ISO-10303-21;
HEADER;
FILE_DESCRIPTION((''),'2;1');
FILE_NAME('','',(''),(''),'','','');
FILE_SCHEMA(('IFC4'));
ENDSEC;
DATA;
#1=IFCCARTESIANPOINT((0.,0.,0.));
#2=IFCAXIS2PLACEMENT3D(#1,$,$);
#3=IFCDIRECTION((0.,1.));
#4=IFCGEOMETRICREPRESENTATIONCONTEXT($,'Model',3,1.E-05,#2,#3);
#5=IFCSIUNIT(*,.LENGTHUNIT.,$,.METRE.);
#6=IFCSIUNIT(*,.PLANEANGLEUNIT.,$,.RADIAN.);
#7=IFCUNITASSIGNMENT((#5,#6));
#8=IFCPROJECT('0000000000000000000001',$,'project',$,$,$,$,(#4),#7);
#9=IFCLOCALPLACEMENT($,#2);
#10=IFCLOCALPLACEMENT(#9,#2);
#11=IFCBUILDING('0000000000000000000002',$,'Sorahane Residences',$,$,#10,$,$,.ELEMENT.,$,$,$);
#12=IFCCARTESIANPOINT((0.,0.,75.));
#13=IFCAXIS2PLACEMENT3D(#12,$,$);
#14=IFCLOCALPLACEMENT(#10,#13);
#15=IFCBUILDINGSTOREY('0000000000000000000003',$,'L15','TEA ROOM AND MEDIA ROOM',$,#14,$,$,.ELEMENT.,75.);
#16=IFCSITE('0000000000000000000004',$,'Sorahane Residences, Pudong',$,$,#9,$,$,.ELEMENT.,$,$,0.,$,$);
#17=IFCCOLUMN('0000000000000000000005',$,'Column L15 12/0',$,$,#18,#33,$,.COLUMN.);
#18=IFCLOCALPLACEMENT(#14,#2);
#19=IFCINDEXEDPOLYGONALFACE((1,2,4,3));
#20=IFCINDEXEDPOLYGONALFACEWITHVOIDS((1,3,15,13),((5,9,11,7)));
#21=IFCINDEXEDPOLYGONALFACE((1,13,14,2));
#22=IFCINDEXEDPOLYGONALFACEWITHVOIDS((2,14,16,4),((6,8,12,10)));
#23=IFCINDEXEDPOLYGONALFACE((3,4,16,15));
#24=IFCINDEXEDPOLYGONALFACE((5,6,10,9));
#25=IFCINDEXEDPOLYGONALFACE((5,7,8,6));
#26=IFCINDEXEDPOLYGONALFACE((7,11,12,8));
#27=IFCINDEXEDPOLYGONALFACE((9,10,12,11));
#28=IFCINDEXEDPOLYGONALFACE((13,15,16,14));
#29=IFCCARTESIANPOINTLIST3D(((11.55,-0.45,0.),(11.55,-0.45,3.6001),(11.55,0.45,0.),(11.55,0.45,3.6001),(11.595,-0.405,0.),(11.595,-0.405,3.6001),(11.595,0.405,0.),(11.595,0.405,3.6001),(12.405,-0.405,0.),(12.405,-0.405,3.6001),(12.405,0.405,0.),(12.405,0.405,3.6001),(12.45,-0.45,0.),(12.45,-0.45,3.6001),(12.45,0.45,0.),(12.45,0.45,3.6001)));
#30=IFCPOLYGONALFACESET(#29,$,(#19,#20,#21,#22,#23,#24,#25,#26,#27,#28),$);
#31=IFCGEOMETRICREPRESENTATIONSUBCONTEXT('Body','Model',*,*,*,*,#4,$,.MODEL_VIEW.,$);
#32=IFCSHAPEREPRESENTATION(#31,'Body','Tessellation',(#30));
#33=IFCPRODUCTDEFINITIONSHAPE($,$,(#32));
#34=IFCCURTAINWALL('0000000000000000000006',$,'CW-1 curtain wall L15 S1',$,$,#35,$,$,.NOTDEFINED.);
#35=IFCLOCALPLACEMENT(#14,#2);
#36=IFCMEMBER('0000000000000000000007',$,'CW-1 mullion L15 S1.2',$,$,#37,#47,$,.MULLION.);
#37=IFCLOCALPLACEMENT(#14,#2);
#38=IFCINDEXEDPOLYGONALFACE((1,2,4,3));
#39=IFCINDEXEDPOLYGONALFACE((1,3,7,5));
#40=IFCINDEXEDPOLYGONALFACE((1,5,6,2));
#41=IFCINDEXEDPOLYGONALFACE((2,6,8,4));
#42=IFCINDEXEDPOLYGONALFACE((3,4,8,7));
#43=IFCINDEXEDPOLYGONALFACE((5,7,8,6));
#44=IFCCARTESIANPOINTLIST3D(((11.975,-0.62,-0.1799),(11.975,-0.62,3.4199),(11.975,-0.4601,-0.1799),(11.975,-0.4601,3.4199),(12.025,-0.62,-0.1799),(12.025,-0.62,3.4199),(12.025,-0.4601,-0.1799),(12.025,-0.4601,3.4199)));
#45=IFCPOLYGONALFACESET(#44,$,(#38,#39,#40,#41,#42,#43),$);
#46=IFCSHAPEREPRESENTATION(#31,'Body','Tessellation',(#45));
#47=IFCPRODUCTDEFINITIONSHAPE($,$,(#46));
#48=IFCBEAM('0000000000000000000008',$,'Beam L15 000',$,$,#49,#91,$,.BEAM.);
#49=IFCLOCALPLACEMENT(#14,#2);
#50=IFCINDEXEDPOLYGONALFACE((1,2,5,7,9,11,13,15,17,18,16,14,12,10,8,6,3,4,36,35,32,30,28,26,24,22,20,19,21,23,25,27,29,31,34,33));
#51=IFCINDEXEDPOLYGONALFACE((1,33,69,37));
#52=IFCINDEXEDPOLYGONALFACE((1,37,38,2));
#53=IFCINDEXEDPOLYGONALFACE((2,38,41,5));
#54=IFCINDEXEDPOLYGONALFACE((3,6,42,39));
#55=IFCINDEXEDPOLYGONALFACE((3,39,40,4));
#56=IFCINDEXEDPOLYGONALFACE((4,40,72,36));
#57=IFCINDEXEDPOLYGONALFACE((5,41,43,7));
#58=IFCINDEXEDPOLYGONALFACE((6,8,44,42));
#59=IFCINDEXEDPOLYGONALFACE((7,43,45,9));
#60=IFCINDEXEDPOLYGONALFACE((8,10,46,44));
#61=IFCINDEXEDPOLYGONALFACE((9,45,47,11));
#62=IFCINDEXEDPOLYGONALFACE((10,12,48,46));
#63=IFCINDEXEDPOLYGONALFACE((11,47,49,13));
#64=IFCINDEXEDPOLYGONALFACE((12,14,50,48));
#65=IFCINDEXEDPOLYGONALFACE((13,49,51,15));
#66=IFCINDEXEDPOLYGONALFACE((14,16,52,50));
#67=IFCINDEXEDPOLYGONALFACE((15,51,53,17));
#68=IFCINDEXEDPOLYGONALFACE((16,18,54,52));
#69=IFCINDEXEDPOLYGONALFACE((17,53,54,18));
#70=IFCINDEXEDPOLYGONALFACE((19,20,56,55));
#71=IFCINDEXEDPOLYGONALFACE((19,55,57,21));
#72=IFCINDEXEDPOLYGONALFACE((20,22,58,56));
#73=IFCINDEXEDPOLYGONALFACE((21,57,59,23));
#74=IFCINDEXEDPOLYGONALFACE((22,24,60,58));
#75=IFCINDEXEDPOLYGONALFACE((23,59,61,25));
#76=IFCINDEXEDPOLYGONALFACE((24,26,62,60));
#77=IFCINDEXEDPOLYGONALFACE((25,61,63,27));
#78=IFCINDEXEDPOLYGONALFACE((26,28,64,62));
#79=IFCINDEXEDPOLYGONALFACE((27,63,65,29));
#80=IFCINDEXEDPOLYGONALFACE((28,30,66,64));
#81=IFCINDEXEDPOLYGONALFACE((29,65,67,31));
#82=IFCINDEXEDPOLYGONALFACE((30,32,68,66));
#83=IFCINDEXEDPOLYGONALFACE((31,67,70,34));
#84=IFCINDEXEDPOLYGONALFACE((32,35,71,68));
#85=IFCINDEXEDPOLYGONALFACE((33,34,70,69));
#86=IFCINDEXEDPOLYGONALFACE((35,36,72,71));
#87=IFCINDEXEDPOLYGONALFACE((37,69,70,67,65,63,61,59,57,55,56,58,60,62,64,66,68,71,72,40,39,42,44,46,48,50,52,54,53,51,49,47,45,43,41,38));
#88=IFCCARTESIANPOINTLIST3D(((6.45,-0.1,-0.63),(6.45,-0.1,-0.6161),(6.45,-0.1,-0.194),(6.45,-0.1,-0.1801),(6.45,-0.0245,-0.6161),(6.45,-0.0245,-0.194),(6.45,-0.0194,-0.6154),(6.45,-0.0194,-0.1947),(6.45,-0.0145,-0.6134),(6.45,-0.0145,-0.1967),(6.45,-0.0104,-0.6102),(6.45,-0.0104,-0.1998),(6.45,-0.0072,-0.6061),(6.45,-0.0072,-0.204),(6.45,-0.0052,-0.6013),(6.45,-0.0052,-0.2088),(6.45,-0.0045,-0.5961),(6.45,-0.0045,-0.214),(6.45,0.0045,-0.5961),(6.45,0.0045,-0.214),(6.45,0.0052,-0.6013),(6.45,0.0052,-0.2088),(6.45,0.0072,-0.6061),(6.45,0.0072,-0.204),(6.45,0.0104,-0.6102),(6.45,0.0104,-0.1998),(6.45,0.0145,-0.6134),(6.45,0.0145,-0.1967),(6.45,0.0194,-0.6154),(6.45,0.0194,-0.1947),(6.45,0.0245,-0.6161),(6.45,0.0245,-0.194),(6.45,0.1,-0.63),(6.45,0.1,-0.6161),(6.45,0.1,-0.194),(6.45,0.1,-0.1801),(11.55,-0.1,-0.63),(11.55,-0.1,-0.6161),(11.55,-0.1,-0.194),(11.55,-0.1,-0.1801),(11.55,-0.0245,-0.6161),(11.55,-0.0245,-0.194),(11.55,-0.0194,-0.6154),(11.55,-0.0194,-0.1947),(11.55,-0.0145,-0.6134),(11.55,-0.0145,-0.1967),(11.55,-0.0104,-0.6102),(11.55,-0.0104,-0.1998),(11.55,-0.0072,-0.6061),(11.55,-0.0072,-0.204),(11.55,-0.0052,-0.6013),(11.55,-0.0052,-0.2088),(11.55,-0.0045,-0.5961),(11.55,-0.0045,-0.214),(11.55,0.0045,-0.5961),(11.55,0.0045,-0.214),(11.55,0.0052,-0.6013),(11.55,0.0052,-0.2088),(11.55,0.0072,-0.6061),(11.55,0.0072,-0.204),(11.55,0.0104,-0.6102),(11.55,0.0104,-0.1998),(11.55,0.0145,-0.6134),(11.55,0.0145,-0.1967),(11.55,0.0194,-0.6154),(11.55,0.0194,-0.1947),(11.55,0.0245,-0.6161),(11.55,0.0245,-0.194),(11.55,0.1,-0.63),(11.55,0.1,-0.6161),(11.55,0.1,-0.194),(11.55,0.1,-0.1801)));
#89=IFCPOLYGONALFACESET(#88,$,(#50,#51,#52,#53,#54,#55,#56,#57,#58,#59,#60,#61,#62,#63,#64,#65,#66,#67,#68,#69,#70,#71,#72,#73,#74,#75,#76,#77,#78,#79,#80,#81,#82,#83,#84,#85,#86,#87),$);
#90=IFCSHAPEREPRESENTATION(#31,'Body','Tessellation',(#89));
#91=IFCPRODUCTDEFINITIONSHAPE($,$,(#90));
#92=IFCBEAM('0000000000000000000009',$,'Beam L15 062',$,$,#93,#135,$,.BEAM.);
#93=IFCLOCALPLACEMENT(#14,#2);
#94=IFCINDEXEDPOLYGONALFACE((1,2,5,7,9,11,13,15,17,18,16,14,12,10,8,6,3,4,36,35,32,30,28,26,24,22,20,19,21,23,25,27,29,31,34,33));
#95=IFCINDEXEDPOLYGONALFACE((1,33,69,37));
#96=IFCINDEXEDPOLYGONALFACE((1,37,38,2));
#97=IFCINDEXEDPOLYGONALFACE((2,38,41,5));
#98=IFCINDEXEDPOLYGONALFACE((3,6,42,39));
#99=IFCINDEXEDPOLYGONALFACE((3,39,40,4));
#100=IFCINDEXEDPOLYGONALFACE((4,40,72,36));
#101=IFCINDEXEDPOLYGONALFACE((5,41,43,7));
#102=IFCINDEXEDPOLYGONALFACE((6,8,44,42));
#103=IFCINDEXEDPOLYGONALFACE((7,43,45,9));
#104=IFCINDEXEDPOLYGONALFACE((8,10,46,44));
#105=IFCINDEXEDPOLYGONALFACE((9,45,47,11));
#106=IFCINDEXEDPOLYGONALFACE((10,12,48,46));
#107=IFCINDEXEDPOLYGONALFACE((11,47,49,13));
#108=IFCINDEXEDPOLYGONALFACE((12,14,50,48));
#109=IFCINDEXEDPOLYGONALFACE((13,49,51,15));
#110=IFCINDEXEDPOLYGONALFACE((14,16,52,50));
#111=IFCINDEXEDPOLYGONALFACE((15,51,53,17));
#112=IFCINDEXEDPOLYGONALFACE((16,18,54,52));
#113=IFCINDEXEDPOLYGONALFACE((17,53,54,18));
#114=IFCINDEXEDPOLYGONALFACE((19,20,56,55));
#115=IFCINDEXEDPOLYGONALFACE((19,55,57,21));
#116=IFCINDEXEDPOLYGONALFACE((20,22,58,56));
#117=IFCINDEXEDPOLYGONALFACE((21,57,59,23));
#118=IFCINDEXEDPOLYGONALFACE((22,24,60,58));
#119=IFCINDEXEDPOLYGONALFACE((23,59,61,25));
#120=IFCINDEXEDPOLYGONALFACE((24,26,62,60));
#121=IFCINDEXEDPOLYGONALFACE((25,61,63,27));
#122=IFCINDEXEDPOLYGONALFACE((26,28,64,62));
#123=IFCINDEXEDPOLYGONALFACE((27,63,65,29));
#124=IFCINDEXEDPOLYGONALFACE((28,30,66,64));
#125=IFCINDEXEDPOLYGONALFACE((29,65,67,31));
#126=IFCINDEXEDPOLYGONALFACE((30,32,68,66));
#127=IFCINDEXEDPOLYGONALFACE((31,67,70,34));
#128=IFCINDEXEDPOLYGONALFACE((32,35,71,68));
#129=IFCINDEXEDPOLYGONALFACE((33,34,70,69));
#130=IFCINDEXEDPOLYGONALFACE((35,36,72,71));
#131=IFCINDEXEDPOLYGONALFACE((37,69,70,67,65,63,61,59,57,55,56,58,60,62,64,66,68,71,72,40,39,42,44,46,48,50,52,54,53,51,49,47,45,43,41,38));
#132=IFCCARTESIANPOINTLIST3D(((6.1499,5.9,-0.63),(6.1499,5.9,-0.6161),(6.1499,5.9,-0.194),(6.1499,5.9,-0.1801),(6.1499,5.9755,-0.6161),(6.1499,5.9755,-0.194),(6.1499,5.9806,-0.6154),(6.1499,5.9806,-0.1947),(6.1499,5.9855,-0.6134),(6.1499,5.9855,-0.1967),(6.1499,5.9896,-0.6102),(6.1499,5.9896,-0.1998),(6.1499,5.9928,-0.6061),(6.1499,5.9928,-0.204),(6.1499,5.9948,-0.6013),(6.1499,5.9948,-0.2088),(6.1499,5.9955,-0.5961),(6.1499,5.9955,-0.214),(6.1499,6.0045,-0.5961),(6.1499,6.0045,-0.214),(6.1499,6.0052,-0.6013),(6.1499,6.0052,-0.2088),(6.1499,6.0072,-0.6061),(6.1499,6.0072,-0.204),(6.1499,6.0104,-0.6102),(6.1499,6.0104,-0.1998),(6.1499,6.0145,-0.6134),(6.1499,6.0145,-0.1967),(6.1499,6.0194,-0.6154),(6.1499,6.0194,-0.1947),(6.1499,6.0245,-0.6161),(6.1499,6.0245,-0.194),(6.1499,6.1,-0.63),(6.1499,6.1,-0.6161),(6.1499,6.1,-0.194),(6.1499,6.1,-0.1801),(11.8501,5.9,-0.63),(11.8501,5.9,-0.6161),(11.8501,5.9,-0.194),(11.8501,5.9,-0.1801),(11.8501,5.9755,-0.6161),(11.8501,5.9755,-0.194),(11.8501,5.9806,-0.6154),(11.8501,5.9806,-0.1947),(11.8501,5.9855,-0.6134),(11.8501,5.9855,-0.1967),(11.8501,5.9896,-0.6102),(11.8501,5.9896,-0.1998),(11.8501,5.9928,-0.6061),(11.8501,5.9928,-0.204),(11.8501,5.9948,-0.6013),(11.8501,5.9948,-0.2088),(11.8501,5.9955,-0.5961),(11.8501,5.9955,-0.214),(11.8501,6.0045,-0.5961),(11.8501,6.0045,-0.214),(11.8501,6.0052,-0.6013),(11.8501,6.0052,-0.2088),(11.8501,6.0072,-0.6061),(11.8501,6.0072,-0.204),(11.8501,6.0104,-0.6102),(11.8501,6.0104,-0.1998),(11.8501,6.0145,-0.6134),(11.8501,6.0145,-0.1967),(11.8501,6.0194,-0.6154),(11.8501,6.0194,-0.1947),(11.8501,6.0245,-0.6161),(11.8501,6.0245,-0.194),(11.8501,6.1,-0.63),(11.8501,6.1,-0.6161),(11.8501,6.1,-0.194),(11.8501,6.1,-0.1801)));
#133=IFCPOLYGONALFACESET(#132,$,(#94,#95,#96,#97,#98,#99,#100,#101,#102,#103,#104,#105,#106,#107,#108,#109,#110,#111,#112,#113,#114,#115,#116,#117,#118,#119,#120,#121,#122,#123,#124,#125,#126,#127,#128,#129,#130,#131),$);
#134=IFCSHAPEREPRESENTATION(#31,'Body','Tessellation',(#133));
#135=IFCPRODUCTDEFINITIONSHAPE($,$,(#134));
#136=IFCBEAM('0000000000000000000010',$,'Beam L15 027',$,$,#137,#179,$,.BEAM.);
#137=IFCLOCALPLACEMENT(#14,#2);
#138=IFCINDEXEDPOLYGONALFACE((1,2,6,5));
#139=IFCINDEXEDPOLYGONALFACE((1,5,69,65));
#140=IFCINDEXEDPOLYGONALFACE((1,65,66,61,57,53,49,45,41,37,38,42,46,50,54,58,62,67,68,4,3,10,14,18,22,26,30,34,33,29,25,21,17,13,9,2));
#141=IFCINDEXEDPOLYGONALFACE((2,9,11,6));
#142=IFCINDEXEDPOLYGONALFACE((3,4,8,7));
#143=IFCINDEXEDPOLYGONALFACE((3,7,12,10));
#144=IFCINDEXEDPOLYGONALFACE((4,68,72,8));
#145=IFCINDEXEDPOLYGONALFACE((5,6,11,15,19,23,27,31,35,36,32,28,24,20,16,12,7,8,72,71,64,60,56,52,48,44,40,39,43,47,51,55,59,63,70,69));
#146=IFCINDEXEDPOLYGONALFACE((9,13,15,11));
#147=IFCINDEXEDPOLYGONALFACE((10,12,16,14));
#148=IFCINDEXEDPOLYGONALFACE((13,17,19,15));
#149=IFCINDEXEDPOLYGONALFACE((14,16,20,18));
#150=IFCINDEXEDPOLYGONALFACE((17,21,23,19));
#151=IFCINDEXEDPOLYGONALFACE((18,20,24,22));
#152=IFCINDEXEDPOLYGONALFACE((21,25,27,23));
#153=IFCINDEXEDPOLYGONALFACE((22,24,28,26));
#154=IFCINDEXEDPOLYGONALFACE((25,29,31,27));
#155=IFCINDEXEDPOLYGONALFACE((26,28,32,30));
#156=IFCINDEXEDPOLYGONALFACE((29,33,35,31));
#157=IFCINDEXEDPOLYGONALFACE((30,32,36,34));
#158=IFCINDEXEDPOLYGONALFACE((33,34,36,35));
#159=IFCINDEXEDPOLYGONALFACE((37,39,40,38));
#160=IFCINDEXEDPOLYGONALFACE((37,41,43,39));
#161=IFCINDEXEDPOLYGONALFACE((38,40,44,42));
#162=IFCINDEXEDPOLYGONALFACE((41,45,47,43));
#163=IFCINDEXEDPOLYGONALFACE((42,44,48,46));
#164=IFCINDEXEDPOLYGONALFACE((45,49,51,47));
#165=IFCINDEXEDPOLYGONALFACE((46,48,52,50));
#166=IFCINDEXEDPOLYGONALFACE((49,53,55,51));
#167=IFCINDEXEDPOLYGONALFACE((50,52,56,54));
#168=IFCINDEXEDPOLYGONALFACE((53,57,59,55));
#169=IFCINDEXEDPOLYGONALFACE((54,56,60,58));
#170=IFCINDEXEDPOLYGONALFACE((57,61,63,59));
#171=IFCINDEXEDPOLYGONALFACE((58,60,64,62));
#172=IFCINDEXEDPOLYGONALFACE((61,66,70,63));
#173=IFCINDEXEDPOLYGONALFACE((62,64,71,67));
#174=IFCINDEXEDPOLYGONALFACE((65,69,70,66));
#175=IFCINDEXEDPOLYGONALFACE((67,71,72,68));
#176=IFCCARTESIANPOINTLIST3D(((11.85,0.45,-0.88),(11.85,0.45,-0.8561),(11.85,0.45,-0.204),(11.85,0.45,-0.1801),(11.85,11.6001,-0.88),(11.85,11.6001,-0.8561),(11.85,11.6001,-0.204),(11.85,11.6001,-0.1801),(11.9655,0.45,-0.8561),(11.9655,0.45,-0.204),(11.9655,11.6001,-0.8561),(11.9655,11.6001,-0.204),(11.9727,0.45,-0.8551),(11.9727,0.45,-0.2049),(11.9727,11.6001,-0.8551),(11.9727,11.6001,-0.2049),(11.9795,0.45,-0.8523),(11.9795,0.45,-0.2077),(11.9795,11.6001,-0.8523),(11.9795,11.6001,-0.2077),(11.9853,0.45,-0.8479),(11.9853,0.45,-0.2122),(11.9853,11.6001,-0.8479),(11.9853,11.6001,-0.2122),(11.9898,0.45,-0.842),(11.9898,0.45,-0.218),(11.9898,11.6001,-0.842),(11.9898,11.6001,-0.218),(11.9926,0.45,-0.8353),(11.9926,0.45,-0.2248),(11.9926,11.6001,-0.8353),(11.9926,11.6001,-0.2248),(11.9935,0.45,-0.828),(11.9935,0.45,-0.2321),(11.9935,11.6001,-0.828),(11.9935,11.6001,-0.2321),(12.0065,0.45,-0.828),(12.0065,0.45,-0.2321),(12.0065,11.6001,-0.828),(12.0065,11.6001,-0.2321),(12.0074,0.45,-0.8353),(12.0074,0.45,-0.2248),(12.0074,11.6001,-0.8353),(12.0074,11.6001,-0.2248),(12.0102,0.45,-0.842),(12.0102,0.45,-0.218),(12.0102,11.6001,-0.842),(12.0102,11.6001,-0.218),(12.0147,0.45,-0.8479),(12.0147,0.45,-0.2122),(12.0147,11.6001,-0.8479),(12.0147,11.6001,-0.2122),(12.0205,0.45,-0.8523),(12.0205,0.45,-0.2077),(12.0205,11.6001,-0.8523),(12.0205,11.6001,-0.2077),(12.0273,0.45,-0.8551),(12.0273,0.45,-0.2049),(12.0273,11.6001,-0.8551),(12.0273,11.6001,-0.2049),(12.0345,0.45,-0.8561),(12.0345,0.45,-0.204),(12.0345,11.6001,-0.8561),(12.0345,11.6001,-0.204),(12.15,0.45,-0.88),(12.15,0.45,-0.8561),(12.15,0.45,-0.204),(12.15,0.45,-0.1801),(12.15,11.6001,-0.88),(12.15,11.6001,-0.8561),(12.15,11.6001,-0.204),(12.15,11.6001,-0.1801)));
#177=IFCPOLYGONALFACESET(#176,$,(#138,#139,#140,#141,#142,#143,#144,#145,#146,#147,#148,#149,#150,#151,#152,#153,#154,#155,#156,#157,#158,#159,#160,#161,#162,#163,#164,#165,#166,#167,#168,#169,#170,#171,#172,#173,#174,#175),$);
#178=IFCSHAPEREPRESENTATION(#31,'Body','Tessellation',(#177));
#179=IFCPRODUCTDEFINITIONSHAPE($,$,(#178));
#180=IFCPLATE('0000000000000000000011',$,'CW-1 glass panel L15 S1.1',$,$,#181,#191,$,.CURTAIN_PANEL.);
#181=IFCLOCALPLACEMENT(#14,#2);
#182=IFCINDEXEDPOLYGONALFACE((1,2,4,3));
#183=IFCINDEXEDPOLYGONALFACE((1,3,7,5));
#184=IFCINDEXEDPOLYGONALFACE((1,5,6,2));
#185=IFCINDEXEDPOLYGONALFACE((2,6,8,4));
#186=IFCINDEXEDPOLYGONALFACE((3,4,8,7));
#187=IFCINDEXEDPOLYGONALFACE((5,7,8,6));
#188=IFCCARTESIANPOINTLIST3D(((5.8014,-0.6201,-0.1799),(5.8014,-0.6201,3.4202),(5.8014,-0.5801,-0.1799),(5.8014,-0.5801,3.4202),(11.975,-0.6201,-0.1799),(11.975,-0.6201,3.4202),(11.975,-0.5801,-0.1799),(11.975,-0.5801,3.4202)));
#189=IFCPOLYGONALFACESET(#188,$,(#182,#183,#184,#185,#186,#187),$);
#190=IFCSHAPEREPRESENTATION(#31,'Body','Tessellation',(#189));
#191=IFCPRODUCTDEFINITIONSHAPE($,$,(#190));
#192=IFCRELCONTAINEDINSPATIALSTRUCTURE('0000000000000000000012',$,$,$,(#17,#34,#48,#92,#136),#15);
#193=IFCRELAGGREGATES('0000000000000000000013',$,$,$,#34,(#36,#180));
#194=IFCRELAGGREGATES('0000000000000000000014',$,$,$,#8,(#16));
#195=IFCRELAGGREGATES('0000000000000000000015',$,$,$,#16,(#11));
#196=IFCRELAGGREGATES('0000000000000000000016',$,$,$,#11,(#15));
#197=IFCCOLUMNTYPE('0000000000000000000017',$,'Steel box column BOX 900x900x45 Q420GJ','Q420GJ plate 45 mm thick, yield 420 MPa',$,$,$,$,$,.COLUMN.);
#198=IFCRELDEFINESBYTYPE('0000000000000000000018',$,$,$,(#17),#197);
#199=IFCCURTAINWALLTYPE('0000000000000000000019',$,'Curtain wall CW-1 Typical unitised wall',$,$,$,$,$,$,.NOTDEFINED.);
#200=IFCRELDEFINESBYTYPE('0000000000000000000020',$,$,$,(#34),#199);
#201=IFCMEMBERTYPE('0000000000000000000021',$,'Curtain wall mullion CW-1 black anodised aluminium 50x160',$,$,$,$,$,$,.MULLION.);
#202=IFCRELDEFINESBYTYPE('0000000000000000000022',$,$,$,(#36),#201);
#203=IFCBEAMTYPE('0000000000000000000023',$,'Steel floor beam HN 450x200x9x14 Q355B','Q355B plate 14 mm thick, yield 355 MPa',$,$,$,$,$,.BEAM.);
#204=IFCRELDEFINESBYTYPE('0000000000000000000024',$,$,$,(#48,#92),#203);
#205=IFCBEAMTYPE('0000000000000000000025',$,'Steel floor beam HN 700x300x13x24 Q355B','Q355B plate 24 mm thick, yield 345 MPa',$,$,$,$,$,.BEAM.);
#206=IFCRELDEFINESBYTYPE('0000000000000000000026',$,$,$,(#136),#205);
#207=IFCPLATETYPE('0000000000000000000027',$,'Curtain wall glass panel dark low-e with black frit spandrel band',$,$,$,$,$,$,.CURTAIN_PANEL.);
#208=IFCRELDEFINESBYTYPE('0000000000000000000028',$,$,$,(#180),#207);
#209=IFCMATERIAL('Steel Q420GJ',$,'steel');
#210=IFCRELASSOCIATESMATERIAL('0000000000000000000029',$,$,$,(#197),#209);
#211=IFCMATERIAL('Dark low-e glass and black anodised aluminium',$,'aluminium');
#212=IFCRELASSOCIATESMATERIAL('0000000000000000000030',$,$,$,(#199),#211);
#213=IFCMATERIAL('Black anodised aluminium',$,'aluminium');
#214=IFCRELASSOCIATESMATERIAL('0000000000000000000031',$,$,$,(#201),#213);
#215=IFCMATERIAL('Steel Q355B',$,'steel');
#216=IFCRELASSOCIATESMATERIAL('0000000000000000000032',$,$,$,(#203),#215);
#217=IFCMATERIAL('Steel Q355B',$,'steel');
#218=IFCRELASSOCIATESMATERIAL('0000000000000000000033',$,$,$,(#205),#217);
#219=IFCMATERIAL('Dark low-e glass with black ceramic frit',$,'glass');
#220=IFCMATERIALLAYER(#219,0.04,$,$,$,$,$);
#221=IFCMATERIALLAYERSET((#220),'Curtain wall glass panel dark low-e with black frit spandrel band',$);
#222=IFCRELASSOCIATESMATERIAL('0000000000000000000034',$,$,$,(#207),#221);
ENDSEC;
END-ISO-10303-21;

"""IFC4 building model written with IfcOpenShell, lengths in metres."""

from ifc_helpers import new_model, si_unit, direction, frame, origin, origin_2d, place, context, subcontext, project, spatial, rectangle, hollow_rectangle, i_section, extrude, material, layer, layer_set, material_profile, profile_set, type_object, element, aggregate, save


model = new_model("IFC4")

# Units and contexts
model_context = context("Model", 3, precision=1e-05, world=origin(), true_north=direction((0.0, 1.0)))
body_context = subcontext(model_context, "Body", "Model", "MODEL_VIEW")
ifc_project = project(units=[si_unit("LENGTHUNIT", "METRE"), si_unit("PLANEANGLEUNIT", "RADIAN")], contexts=[model_context])

# Site, building, storey
site_placement = place(None, origin())
site = spatial("IfcSite", under=ifc_project, at=site_placement, Name="Sorahane Residences, Pudong", CompositionType="ELEMENT", RefElevation=0.0)
building_placement = place(site_placement, origin())
building = spatial("IfcBuilding", under=site, at=building_placement, Name="Sorahane Residences", CompositionType="ELEMENT")
storey_placement = place(building_placement, frame((0.0, 0.0, 75.0)))
storey = spatial("IfcBuildingStorey", under=building, at=storey_placement, Name="L15", Description="TEA ROOM AND MEDIA ROOM", CompositionType="ELEMENT", Elevation=75.0)

# Column
ifc_material_1 = material(Name="Steel Q420GJ", Category="steel")
ifc_material_profile_1 = material_profile(ifc_material_1, hollow_rectangle(XDim=0.8999, YDim=0.8999, WallThickness=0.0449, at=origin_2d()), Name="BOX 900x900x45")
ifc_profile_set_1 = profile_set([ifc_material_profile_1], Name="Steel Q420GJ")
column_type = type_object("IfcColumnType", Name="Steel box column BOX 900x900x45 Q420GJ", Description="Q420GJ plate 45 mm thick, yield 420 MPa", PredefinedType="COLUMN", material=ifc_profile_set_1)
column_placement = place(storey_placement, frame((12.0, 0.0, 0.0), z_axis=(0.0, 0.0, 1.0), x_axis=(1.0, 0.0, 0.0)))
element("IfcColumn", 1, at=column_placement, inside=storey, type_object=column_type, Name="Column L15 12/0", PredefinedType="COLUMN", context=body_context, shape_type="SweptSolid", body=[
    extrude(hollow_rectangle(XDim=0.8999, YDim=0.8999, WallThickness=0.0449, at=origin_2d()), origin(), (0.0, 0.0, 1.0), 3.6001),
])

# Curtain wall, member
ifc_material_2 = material(Name="Dark low-e glass and black anodised aluminium", Category="aluminium")
curtain_wall_type = type_object("IfcCurtainWallType", Name="Curtain wall CW-1 Typical unitised wall", PredefinedType="NOTDEFINED", material=ifc_material_2)
curtain_wall_placement = place(storey_placement, origin())
curtain_wall = element("IfcCurtainWall", 2, at=curtain_wall_placement, inside=storey, type_object=curtain_wall_type, Name="CW-1 curtain wall L15 S1", PredefinedType="NOTDEFINED")
ifc_material_3 = material(Name="Black anodised aluminium", Category="aluminium")
ifc_material_profile_2 = material_profile(ifc_material_3, rectangle(XDim=0.1599, YDim=0.05, at=origin_2d()), Name="Curtain wall mullion CW-1 black anodised aluminium 50x160")
ifc_profile_set_2 = profile_set([ifc_material_profile_2], Name="Black anodised aluminium")
member_type = type_object("IfcMemberType", Name="Curtain wall mullion CW-1 black anodised aluminium 50x160", PredefinedType="MULLION", material=ifc_profile_set_2)
member_placement = place(storey_placement, frame((12.0, -0.54, -0.1799), z_axis=(0.0, 0.0, 1.0), x_axis=(0.0, -1.0, 0.0)))
member = element("IfcMember", 3, at=member_placement, type_object=member_type, Name="CW-1 mullion L15 S1.2", PredefinedType="MULLION", context=body_context, shape_type="SweptSolid", body=[
    extrude(rectangle(XDim=0.1599, YDim=0.05, at=origin_2d()), origin(), (0.0, 0.0, 1.0), 3.5999),
])

# Beams
ifc_material_4 = material(Name="Steel Q355B", Category="steel")
ifc_material_profile_3 = material_profile(ifc_material_4, i_section(OverallWidth=0.2, OverallDepth=0.45, WebThickness=0.009, FlangeThickness=0.0139, FilletRadius=0.02, at=origin_2d()), Name="HN 450x200x9x14")
ifc_profile_set_3 = profile_set([ifc_material_profile_3], Name="Steel Q355B")
beam_type_1 = type_object("IfcBeamType", Name="Steel floor beam HN 450x200x9x14 Q355B", Description="Q355B plate 14 mm thick, yield 355 MPa", PredefinedType="BEAM", material=ifc_profile_set_3)
beam_1_placement = place(storey_placement, frame((6.45, 0.0, -0.405), z_axis=(1.0, 0.0, 0.0), x_axis=(0.0, 1.0, 0.0)))
element("IfcBeam", 4, at=beam_1_placement, inside=storey, type_object=beam_type_1, Name="Beam L15 000", PredefinedType="BEAM", context=body_context, shape_type="SweptSolid", body=[
    extrude(i_section(OverallWidth=0.2, OverallDepth=0.45, WebThickness=0.009, FlangeThickness=0.0139, FilletRadius=0.02, at=origin_2d()), origin(), (0.0, 0.0, 1.0), 5.1001),
])
beam_2_placement = place(storey_placement, frame((6.1499, 6.0, -0.405), z_axis=(1.0, 0.0, 0.0), x_axis=(0.0, 1.0, 0.0)))
element("IfcBeam", 5, at=beam_2_placement, inside=storey, type_object=beam_type_1, Name="Beam L15 062", PredefinedType="BEAM", context=body_context, shape_type="SweptSolid", body=[
    extrude(i_section(OverallWidth=0.2, OverallDepth=0.45, WebThickness=0.009, FlangeThickness=0.0139, FilletRadius=0.02, at=origin_2d()), origin(), (0.0, 0.0, 1.0), 5.7002),
])
ifc_material_5 = material(Name="Steel Q355B", Category="steel")
ifc_material_profile_4 = material_profile(ifc_material_5, i_section(OverallWidth=0.3, OverallDepth=0.7, WebThickness=0.0129, FlangeThickness=0.0239, FilletRadius=0.0281, at=origin_2d()), Name="HN 700x300x13x24")
ifc_profile_set_4 = profile_set([ifc_material_profile_4], Name="Steel Q355B")
beam_type_2 = type_object("IfcBeamType", Name="Steel floor beam HN 700x300x13x24 Q355B", Description="Q355B plate 24 mm thick, yield 345 MPa", PredefinedType="BEAM", material=ifc_profile_set_4)
beam_3_placement = place(storey_placement, frame((12.0, 0.45, -0.53), z_axis=(0.0, 1.0, 0.0), x_axis=(-1.0, 0.0, 0.0)))
element("IfcBeam", 6, at=beam_3_placement, inside=storey, type_object=beam_type_2, Name="Beam L15 027", PredefinedType="BEAM", context=body_context, shape_type="SweptSolid", body=[
    extrude(i_section(OverallWidth=0.3, OverallDepth=0.7, WebThickness=0.0129, FlangeThickness=0.0239, FilletRadius=0.0281, at=origin_2d()), origin(), (0.0, 0.0, 1.0), 11.1501),
])

# Plate
ifc_material_6 = material(Name="Dark low-e glass with black ceramic frit", Category="glass")
ifc_layer_1 = layer(ifc_material_6, 0.04)
ifc_layer_set_1 = layer_set([ifc_layer_1], Name="Curtain wall glass panel dark low-e with black frit spandrel band")
plate_type = type_object("IfcPlateType", Name="Curtain wall glass panel dark low-e with black frit spandrel band", PredefinedType="CURTAIN_PANEL", material=ifc_layer_set_1)
plate_placement = place(storey_placement, frame((8.8882, -0.6001, -0.1799), z_axis=(0.0, 0.0, 1.0), x_axis=(1.0, 0.0, 0.0)))
plate = element("IfcPlate", 7, at=plate_placement, type_object=plate_type, Name="CW-1 glass panel L15 S1.1", PredefinedType="CURTAIN_PANEL", context=body_context, shape_type="SweptSolid", body=[
    extrude(rectangle(XDim=6.1736, YDim=0.04, at=origin_2d()), origin(), (0.0, 0.0, 1.0), 3.6001),
])
aggregate(curtain_wall, [member, plate])

save(model, "model.ifc")
